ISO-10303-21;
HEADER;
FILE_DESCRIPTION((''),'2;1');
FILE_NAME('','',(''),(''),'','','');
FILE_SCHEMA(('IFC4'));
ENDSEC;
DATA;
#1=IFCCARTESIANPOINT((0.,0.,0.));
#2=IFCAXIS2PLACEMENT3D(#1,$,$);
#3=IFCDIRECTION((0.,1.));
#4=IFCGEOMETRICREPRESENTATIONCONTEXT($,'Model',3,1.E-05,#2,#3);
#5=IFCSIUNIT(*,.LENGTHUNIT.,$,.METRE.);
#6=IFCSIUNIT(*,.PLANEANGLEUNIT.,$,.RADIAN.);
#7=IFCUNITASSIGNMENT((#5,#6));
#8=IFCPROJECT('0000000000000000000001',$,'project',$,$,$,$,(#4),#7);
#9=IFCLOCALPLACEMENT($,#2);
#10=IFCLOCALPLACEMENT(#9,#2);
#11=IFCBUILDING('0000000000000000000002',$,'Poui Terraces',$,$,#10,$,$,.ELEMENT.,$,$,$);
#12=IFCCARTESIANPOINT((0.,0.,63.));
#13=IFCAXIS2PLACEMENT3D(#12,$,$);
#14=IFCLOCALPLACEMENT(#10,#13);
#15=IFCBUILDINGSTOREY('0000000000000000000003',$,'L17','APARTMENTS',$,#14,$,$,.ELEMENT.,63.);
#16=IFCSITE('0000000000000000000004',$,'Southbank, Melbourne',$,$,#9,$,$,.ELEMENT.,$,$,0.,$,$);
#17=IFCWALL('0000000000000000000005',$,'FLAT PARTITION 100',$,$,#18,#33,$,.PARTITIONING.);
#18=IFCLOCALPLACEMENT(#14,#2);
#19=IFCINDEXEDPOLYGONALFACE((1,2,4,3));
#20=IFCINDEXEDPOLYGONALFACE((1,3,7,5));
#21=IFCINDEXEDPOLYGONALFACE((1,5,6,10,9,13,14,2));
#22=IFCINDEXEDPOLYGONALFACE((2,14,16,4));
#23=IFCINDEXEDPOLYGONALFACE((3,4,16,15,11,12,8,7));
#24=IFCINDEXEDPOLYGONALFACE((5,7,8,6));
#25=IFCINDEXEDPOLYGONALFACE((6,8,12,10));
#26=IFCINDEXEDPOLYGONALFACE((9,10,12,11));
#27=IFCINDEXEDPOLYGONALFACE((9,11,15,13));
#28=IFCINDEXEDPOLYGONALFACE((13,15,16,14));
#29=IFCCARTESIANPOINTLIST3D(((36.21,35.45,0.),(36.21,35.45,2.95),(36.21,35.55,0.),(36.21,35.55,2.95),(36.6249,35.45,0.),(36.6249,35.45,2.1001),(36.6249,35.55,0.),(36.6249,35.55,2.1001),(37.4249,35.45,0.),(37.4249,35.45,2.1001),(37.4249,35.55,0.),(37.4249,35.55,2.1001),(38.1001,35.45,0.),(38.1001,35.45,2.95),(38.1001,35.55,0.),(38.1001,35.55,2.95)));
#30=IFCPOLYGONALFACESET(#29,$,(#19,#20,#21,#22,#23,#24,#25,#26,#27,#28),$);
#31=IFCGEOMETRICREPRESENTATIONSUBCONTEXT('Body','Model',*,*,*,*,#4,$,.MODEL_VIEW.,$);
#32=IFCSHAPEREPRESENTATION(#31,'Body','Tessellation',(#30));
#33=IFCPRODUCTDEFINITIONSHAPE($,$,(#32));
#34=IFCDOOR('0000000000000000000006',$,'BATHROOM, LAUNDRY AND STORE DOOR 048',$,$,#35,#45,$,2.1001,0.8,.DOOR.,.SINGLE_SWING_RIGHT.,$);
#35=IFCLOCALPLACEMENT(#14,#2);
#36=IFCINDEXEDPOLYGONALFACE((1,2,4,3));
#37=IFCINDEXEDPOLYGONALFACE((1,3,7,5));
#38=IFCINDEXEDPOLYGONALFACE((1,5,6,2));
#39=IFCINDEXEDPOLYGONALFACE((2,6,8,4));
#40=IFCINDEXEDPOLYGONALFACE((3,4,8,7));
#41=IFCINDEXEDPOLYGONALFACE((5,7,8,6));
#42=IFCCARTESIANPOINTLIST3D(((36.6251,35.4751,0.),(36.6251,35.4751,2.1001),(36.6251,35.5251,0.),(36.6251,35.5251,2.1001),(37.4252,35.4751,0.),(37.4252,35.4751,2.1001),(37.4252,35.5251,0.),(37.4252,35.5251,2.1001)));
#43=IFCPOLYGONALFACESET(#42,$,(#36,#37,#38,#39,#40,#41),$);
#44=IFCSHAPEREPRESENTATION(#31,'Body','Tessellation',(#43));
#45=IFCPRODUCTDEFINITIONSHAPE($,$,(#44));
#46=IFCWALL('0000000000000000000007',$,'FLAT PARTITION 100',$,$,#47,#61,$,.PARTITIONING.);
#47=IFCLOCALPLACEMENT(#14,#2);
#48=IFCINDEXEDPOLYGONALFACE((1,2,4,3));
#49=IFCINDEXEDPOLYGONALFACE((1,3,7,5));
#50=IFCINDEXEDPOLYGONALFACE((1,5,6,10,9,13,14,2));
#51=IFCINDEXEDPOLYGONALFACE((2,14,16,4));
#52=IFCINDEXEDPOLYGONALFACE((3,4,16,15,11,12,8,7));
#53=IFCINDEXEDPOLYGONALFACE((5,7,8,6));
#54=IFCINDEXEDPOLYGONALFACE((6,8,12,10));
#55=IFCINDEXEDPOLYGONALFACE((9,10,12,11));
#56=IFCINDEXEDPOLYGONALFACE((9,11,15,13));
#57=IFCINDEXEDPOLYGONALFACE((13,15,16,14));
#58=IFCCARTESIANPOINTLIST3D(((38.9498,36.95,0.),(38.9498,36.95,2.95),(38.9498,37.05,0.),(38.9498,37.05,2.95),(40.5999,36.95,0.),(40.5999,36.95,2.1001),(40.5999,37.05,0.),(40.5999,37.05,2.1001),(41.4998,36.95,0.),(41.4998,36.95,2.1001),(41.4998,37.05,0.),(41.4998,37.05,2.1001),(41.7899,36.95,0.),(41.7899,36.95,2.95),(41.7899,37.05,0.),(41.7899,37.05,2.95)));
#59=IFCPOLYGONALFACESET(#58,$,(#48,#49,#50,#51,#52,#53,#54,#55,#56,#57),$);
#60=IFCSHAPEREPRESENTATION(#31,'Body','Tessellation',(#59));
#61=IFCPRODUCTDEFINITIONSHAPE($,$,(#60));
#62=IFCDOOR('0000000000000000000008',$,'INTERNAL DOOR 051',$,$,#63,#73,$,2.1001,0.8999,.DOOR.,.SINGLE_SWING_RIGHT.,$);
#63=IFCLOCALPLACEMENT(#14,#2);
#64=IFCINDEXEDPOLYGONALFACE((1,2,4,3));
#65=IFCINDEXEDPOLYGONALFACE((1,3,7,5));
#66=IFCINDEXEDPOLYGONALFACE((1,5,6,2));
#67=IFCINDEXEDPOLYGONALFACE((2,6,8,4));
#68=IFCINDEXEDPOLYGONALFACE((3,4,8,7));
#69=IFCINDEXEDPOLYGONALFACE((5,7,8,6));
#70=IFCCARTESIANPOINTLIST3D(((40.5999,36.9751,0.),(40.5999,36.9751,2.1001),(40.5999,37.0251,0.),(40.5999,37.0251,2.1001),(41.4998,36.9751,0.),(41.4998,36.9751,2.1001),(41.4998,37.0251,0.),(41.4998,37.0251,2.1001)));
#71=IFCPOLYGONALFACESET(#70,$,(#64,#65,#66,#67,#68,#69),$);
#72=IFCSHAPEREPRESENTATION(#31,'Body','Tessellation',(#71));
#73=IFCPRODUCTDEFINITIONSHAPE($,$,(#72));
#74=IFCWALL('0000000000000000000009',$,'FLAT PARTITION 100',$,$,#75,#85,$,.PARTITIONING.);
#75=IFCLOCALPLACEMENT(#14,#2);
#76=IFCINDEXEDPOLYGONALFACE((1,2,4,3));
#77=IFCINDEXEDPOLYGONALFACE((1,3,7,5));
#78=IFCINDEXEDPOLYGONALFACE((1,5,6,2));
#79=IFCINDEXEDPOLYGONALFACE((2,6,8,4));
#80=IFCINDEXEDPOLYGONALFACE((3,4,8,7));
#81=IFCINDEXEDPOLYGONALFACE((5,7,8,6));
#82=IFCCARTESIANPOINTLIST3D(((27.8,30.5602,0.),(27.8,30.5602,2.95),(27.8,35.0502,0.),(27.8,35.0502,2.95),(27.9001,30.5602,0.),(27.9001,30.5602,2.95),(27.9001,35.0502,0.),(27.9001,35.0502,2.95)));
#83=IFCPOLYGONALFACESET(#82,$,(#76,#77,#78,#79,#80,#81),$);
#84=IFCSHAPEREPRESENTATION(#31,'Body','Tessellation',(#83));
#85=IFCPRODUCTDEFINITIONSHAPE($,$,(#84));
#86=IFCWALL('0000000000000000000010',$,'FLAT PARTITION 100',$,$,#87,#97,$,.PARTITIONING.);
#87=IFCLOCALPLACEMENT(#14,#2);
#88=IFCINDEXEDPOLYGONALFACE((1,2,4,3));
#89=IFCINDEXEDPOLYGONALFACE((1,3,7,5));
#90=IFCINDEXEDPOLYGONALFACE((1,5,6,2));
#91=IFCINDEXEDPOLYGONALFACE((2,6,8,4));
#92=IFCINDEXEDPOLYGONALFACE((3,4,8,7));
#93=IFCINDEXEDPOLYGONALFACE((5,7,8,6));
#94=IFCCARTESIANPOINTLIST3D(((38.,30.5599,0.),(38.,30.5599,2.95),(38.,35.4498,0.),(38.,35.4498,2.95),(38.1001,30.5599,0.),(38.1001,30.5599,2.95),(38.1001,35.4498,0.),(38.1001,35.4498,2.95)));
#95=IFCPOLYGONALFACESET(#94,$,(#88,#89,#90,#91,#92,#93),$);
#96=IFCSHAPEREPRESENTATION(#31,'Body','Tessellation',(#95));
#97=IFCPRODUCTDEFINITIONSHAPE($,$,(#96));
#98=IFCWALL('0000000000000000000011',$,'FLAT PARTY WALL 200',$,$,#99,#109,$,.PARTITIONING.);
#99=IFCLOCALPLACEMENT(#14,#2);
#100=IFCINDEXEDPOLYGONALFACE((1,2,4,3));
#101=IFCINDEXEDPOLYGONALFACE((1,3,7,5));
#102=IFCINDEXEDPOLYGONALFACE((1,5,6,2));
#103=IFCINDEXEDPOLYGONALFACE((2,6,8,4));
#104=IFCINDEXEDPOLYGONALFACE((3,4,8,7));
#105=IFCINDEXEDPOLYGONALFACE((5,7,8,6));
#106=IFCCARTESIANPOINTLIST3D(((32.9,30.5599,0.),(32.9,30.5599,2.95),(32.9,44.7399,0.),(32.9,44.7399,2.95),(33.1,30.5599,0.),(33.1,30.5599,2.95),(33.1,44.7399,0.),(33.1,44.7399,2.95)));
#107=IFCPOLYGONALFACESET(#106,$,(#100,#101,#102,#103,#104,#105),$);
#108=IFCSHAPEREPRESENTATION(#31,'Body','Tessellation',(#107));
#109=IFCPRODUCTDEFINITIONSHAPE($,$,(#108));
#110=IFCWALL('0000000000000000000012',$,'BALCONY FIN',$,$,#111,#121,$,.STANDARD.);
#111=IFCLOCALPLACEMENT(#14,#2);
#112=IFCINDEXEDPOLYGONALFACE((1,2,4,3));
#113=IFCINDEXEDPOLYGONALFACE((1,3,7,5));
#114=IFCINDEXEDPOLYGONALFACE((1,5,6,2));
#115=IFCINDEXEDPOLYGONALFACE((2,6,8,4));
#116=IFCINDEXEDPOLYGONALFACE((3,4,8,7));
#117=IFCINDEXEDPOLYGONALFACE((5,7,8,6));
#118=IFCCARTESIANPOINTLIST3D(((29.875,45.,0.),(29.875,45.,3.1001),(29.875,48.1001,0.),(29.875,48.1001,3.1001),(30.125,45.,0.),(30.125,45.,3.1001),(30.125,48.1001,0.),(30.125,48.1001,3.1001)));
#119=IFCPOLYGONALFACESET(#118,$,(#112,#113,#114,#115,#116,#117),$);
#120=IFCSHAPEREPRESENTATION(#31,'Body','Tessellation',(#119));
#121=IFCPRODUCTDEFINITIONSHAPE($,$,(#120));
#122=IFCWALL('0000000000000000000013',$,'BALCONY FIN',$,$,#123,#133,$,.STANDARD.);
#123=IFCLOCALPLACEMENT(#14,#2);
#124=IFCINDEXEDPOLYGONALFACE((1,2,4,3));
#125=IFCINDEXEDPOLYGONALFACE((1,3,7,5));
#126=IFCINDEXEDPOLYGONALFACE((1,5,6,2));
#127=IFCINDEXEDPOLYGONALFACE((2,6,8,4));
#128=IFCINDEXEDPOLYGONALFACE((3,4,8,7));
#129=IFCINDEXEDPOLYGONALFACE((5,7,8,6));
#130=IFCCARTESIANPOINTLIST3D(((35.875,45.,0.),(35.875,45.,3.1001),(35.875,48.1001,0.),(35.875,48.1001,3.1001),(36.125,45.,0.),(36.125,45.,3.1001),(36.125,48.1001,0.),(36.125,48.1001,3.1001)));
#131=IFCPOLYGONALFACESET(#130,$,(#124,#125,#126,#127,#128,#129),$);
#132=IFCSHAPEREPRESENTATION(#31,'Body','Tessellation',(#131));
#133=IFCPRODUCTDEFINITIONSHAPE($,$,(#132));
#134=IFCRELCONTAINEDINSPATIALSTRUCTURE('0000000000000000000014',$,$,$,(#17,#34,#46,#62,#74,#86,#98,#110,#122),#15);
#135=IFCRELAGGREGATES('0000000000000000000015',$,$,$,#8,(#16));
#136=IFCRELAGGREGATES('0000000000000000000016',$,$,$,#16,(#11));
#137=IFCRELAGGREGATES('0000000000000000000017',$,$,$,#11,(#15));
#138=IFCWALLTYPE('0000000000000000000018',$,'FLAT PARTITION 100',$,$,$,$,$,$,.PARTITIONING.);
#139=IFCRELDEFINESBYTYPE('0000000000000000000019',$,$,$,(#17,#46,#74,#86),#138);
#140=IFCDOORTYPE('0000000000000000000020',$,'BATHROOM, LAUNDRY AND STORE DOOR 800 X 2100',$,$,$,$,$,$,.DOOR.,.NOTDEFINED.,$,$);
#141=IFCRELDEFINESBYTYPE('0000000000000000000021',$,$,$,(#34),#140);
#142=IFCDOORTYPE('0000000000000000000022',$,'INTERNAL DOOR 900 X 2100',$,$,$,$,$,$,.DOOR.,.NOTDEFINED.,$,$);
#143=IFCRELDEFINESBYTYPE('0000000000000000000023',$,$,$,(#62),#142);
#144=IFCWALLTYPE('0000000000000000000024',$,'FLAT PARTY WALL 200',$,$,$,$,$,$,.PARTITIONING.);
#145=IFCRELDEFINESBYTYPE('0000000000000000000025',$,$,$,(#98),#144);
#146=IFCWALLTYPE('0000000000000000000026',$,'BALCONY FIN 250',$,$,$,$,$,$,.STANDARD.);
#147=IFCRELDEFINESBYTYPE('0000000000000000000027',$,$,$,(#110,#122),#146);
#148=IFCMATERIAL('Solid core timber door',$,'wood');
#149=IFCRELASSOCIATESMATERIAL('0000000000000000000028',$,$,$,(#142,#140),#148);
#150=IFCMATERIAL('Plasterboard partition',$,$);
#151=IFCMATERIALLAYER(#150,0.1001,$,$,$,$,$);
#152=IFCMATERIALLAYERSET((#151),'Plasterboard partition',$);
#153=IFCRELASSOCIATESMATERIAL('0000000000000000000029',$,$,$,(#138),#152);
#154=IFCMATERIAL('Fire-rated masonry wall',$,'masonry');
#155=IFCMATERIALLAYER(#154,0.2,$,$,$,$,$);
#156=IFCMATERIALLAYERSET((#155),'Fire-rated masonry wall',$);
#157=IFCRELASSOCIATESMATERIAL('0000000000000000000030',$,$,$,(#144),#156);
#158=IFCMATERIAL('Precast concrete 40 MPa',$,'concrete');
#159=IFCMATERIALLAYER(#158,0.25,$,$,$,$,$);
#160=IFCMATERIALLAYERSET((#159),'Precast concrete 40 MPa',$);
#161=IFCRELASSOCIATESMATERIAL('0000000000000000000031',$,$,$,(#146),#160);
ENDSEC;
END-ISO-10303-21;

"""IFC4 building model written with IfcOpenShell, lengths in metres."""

from ifc_helpers import new_model, si_unit, direction, frame, frame_2d, origin, place, context, subcontext, project, spatial, polyline, rectangle, outline, extrude, source, transform, mapped, material, layer, layer_set, type_object, element, fill, save


model = new_model("IFC4")

# Units and contexts
model_context = context("Model", 3, precision=1e-05, world=origin(), true_north=direction((0.0, 1.0)))
body_context = subcontext(model_context, "Body", "Model", "MODEL_VIEW")
ifc_project = project(units=[si_unit("LENGTHUNIT", "METRE"), si_unit("PLANEANGLEUNIT", "RADIAN")], contexts=[model_context])

# Site, building, storey
site_placement = place(None, origin())
site = spatial("IfcSite", under=ifc_project, at=site_placement, Name="Southbank, Melbourne", CompositionType="ELEMENT", RefElevation=0.0)
building_placement = place(site_placement, origin())
building = spatial("IfcBuilding", under=site, at=building_placement, Name="Poui Terraces", CompositionType="ELEMENT")
storey_placement = place(building_placement, frame((0.0, 0.0, 63.0)))
storey = spatial("IfcBuildingStorey", under=building, at=storey_placement, Name="L17", Description="APARTMENTS", CompositionType="ELEMENT", Elevation=63.0)

# Walls, openings, doors
ifc_material_1 = material(Name="Solid core timber door", Category="wood")
door_type_1 = type_object("IfcDoorType", Name="INTERNAL DOOR 900 X 2100", OperationType="NOTDEFINED", PredefinedType="DOOR", material=ifc_material_1)
ifc_material_2 = material(Name="Plasterboard partition")
ifc_layer_1 = layer(ifc_material_2, 0.1001)
ifc_layer_set_1 = layer_set([ifc_layer_1], Name="Plasterboard partition")
wall_type_1 = type_object("IfcWallType", Name="FLAT PARTITION 100", PredefinedType="PARTITIONING", material=ifc_layer_set_1)
door_type_2 = type_object("IfcDoorType", Name="BATHROOM, LAUNDRY AND STORE DOOR 800 X 2100", OperationType="NOTDEFINED", PredefinedType="DOOR", material=ifc_material_1)
wall_1_placement = place(storey_placement, frame((36.21, 35.5, 0.0), z_axis=(0.0, 0.0, 1.0), x_axis=(1.0, 0.0, 0.0)))
wall_1 = element("IfcWall", 1, at=wall_1_placement, inside=storey, type_object=wall_type_1, Name="FLAT PARTITION 100", PredefinedType="PARTITIONING", context=body_context, shape_type="SweptSolid", body=[
    extrude(rectangle(XDim=1.8901, YDim=0.1001, at=frame_2d((0.9451, 0.0))), origin(), (0.0, 0.0, 1.0), 2.95),
])
opening_1_placement = place(wall_1_placement, frame((0.415, 0.0, 0.0)))
opening_1 = element("IfcOpeningElement", 2, at=opening_1_placement, cuts=wall_1, PredefinedType="OPENING", context=body_context, shape_type="SweptSolid", body=[
    extrude(rectangle(XDim=0.8, YDim=2.1001, at=frame_2d((0.3999, 1.05))), frame((0.0, 0.0601, 0.0), z_axis=(0.0, -1.0, 0.0), x_axis=(1.0, 0.0, 0.0)), (0.0, 0.0, 1.0), 0.1201),
])
door_1_placement = place(opening_1_placement, frame((0.8, 0.0, 0.0), z_axis=(0.0, 0.0, 1.0), x_axis=(-1.0, 0.0, 0.0)))
door_1 = element("IfcDoor", 3, at=door_1_placement, inside=storey, type_object=door_type_2, Name="BATHROOM, LAUNDRY AND STORE DOOR 048", OperationType="SINGLE_SWING_RIGHT", OverallHeight=2.1001, OverallWidth=0.8, PredefinedType="DOOR", context=body_context, shape_type="SweptSolid", body=[
    extrude(rectangle(XDim=0.8, YDim=2.1001, at=frame_2d((0.3999, 1.05))), frame((0.0, 0.0249, 0.0), z_axis=(0.0, -1.0, 0.0), x_axis=(1.0, 0.0, 0.0)), (0.0, 0.0, 1.0), 0.05),
])
fill(opening_1, door_1)
wall_2_placement = place(storey_placement, frame((38.95, 37.0, 0.0), z_axis=(0.0, 0.0, 1.0), x_axis=(1.0, 0.0, 0.0)))
wall_2 = element("IfcWall", 4, at=wall_2_placement, inside=storey, type_object=wall_type_1, Name="FLAT PARTITION 100", PredefinedType="PARTITIONING", context=body_context, shape_type="SweptSolid", body=[
    extrude(rectangle(XDim=2.8401, YDim=0.1001, at=frame_2d((1.4199, 0.0))), origin(), (0.0, 0.0, 1.0), 2.95),
])
opening_2_placement = place(wall_2_placement, frame((1.6499, 0.0, 0.0)))
opening_2 = element("IfcOpeningElement", 5, at=opening_2_placement, cuts=wall_2, PredefinedType="OPENING", context=body_context, shape_type="SweptSolid", body=[
    extrude(rectangle(XDim=0.8999, YDim=2.1001, at=frame_2d((0.45, 1.05))), frame((0.0, 0.0601, 0.0), z_axis=(0.0, -1.0, 0.0), x_axis=(1.0, 0.0, 0.0)), (0.0, 0.0, 1.0), 0.1201),
])
door_2_placement = place(opening_2_placement, frame((0.8999, 0.0, 0.0), z_axis=(0.0, 0.0, 1.0), x_axis=(-1.0, 0.0, 0.0)))
door_2 = element("IfcDoor", 6, at=door_2_placement, inside=storey, type_object=door_type_1, Name="INTERNAL DOOR 051", OperationType="SINGLE_SWING_RIGHT", OverallHeight=2.1001, OverallWidth=0.8999, PredefinedType="DOOR", context=body_context, shape_type="SweptSolid", body=[
    extrude(rectangle(XDim=0.8999, YDim=2.1001, at=frame_2d((0.45, 1.05))), frame((0.0, 0.0249, 0.0), z_axis=(0.0, -1.0, 0.0), x_axis=(1.0, 0.0, 0.0)), (0.0, 0.0, 1.0), 0.05),
])
fill(opening_2, door_2)

# Walls
wall_3_placement = place(storey_placement, frame((27.8501, 30.5601, 0.0), z_axis=(0.0, 0.0, 1.0), x_axis=(0.0, 1.0, 0.0)))
element("IfcWall", 7, at=wall_3_placement, inside=storey, type_object=wall_type_1, Name="FLAT PARTITION 100", PredefinedType="PARTITIONING", context=body_context, shape_type="SweptSolid", body=[
    extrude(rectangle(XDim=4.49, YDim=0.1001, at=frame_2d((2.2451, 0.0))), origin(), (0.0, 0.0, 1.0), 2.95),
])
wall_4_placement = place(storey_placement, frame((38.05, 30.5601, 0.0), z_axis=(0.0, 0.0, 1.0), x_axis=(0.0, 1.0, 0.0)))
element("IfcWall", 8, at=wall_4_placement, inside=storey, type_object=wall_type_1, Name="FLAT PARTITION 100", PredefinedType="PARTITIONING", context=body_context, shape_type="SweptSolid", body=[
    extrude(rectangle(XDim=4.8899, YDim=0.1001, at=frame_2d((2.4448, 0.0))), origin(), (0.0, 0.0, 1.0), 2.95),
])
ifc_material_3 = material(Name="Fire-rated masonry wall", Category="masonry")
ifc_layer_2 = layer(ifc_material_3, 0.2)
ifc_layer_set_2 = layer_set([ifc_layer_2], Name="Fire-rated masonry wall")
wall_type_2 = type_object("IfcWallType", Name="FLAT PARTY WALL 200", PredefinedType="PARTITIONING", material=ifc_layer_set_2)
wall_5_placement = place(storey_placement, frame((33.0, 30.5601, 0.0), z_axis=(0.0, 0.0, 1.0), x_axis=(0.0, 1.0, 0.0)))
element("IfcWall", 9, at=wall_5_placement, inside=storey, type_object=wall_type_2, Name="FLAT PARTY WALL 200", PredefinedType="PARTITIONING", context=body_context, shape_type="SweptSolid", body=[
    extrude(rectangle(XDim=14.1799, YDim=0.2, at=frame_2d((7.0898, 0.0))), origin(), (0.0, 0.0, 1.0), 2.95),
])
ifc_material_4 = material(Name="Precast concrete 40 MPa", Category="concrete")
ifc_layer_3 = layer(ifc_material_4, 0.25)
ifc_layer_set_3 = layer_set([ifc_layer_3], Name="Precast concrete 40 MPa")
wall_type_3 = type_object("IfcWallType", Name="BALCONY FIN 250", PredefinedType="STANDARD", material=ifc_layer_set_3)
shared_shape = source(origin(), body_context, "Body", "SweptSolid", [
    extrude(outline(polyline([(0.0, 0.0), (0.25, 0.0), (0.25, 3.1001), (0.0, 3.1001), (0.0, 0.0)])), origin(), (0.0, 0.0, 1.0), 3.1001),
])
for number, where, name in (
    (10, (29.875, 45.0, 0.0), "BALCONY FIN"),
    (11, (35.875, 45.0, 0.0), "BALCONY FIN"),
):
    element("IfcWall", number, at=place(storey_placement, frame(where)), inside=storey, type_object=wall_type_3, Name=name, PredefinedType="STANDARD", context=body_context, shape_type="MappedRepresentation", body=[
        mapped(shared_shape, transform((0.0, 0.0, 0.0))),
    ])

save(model, "model.ifc")
